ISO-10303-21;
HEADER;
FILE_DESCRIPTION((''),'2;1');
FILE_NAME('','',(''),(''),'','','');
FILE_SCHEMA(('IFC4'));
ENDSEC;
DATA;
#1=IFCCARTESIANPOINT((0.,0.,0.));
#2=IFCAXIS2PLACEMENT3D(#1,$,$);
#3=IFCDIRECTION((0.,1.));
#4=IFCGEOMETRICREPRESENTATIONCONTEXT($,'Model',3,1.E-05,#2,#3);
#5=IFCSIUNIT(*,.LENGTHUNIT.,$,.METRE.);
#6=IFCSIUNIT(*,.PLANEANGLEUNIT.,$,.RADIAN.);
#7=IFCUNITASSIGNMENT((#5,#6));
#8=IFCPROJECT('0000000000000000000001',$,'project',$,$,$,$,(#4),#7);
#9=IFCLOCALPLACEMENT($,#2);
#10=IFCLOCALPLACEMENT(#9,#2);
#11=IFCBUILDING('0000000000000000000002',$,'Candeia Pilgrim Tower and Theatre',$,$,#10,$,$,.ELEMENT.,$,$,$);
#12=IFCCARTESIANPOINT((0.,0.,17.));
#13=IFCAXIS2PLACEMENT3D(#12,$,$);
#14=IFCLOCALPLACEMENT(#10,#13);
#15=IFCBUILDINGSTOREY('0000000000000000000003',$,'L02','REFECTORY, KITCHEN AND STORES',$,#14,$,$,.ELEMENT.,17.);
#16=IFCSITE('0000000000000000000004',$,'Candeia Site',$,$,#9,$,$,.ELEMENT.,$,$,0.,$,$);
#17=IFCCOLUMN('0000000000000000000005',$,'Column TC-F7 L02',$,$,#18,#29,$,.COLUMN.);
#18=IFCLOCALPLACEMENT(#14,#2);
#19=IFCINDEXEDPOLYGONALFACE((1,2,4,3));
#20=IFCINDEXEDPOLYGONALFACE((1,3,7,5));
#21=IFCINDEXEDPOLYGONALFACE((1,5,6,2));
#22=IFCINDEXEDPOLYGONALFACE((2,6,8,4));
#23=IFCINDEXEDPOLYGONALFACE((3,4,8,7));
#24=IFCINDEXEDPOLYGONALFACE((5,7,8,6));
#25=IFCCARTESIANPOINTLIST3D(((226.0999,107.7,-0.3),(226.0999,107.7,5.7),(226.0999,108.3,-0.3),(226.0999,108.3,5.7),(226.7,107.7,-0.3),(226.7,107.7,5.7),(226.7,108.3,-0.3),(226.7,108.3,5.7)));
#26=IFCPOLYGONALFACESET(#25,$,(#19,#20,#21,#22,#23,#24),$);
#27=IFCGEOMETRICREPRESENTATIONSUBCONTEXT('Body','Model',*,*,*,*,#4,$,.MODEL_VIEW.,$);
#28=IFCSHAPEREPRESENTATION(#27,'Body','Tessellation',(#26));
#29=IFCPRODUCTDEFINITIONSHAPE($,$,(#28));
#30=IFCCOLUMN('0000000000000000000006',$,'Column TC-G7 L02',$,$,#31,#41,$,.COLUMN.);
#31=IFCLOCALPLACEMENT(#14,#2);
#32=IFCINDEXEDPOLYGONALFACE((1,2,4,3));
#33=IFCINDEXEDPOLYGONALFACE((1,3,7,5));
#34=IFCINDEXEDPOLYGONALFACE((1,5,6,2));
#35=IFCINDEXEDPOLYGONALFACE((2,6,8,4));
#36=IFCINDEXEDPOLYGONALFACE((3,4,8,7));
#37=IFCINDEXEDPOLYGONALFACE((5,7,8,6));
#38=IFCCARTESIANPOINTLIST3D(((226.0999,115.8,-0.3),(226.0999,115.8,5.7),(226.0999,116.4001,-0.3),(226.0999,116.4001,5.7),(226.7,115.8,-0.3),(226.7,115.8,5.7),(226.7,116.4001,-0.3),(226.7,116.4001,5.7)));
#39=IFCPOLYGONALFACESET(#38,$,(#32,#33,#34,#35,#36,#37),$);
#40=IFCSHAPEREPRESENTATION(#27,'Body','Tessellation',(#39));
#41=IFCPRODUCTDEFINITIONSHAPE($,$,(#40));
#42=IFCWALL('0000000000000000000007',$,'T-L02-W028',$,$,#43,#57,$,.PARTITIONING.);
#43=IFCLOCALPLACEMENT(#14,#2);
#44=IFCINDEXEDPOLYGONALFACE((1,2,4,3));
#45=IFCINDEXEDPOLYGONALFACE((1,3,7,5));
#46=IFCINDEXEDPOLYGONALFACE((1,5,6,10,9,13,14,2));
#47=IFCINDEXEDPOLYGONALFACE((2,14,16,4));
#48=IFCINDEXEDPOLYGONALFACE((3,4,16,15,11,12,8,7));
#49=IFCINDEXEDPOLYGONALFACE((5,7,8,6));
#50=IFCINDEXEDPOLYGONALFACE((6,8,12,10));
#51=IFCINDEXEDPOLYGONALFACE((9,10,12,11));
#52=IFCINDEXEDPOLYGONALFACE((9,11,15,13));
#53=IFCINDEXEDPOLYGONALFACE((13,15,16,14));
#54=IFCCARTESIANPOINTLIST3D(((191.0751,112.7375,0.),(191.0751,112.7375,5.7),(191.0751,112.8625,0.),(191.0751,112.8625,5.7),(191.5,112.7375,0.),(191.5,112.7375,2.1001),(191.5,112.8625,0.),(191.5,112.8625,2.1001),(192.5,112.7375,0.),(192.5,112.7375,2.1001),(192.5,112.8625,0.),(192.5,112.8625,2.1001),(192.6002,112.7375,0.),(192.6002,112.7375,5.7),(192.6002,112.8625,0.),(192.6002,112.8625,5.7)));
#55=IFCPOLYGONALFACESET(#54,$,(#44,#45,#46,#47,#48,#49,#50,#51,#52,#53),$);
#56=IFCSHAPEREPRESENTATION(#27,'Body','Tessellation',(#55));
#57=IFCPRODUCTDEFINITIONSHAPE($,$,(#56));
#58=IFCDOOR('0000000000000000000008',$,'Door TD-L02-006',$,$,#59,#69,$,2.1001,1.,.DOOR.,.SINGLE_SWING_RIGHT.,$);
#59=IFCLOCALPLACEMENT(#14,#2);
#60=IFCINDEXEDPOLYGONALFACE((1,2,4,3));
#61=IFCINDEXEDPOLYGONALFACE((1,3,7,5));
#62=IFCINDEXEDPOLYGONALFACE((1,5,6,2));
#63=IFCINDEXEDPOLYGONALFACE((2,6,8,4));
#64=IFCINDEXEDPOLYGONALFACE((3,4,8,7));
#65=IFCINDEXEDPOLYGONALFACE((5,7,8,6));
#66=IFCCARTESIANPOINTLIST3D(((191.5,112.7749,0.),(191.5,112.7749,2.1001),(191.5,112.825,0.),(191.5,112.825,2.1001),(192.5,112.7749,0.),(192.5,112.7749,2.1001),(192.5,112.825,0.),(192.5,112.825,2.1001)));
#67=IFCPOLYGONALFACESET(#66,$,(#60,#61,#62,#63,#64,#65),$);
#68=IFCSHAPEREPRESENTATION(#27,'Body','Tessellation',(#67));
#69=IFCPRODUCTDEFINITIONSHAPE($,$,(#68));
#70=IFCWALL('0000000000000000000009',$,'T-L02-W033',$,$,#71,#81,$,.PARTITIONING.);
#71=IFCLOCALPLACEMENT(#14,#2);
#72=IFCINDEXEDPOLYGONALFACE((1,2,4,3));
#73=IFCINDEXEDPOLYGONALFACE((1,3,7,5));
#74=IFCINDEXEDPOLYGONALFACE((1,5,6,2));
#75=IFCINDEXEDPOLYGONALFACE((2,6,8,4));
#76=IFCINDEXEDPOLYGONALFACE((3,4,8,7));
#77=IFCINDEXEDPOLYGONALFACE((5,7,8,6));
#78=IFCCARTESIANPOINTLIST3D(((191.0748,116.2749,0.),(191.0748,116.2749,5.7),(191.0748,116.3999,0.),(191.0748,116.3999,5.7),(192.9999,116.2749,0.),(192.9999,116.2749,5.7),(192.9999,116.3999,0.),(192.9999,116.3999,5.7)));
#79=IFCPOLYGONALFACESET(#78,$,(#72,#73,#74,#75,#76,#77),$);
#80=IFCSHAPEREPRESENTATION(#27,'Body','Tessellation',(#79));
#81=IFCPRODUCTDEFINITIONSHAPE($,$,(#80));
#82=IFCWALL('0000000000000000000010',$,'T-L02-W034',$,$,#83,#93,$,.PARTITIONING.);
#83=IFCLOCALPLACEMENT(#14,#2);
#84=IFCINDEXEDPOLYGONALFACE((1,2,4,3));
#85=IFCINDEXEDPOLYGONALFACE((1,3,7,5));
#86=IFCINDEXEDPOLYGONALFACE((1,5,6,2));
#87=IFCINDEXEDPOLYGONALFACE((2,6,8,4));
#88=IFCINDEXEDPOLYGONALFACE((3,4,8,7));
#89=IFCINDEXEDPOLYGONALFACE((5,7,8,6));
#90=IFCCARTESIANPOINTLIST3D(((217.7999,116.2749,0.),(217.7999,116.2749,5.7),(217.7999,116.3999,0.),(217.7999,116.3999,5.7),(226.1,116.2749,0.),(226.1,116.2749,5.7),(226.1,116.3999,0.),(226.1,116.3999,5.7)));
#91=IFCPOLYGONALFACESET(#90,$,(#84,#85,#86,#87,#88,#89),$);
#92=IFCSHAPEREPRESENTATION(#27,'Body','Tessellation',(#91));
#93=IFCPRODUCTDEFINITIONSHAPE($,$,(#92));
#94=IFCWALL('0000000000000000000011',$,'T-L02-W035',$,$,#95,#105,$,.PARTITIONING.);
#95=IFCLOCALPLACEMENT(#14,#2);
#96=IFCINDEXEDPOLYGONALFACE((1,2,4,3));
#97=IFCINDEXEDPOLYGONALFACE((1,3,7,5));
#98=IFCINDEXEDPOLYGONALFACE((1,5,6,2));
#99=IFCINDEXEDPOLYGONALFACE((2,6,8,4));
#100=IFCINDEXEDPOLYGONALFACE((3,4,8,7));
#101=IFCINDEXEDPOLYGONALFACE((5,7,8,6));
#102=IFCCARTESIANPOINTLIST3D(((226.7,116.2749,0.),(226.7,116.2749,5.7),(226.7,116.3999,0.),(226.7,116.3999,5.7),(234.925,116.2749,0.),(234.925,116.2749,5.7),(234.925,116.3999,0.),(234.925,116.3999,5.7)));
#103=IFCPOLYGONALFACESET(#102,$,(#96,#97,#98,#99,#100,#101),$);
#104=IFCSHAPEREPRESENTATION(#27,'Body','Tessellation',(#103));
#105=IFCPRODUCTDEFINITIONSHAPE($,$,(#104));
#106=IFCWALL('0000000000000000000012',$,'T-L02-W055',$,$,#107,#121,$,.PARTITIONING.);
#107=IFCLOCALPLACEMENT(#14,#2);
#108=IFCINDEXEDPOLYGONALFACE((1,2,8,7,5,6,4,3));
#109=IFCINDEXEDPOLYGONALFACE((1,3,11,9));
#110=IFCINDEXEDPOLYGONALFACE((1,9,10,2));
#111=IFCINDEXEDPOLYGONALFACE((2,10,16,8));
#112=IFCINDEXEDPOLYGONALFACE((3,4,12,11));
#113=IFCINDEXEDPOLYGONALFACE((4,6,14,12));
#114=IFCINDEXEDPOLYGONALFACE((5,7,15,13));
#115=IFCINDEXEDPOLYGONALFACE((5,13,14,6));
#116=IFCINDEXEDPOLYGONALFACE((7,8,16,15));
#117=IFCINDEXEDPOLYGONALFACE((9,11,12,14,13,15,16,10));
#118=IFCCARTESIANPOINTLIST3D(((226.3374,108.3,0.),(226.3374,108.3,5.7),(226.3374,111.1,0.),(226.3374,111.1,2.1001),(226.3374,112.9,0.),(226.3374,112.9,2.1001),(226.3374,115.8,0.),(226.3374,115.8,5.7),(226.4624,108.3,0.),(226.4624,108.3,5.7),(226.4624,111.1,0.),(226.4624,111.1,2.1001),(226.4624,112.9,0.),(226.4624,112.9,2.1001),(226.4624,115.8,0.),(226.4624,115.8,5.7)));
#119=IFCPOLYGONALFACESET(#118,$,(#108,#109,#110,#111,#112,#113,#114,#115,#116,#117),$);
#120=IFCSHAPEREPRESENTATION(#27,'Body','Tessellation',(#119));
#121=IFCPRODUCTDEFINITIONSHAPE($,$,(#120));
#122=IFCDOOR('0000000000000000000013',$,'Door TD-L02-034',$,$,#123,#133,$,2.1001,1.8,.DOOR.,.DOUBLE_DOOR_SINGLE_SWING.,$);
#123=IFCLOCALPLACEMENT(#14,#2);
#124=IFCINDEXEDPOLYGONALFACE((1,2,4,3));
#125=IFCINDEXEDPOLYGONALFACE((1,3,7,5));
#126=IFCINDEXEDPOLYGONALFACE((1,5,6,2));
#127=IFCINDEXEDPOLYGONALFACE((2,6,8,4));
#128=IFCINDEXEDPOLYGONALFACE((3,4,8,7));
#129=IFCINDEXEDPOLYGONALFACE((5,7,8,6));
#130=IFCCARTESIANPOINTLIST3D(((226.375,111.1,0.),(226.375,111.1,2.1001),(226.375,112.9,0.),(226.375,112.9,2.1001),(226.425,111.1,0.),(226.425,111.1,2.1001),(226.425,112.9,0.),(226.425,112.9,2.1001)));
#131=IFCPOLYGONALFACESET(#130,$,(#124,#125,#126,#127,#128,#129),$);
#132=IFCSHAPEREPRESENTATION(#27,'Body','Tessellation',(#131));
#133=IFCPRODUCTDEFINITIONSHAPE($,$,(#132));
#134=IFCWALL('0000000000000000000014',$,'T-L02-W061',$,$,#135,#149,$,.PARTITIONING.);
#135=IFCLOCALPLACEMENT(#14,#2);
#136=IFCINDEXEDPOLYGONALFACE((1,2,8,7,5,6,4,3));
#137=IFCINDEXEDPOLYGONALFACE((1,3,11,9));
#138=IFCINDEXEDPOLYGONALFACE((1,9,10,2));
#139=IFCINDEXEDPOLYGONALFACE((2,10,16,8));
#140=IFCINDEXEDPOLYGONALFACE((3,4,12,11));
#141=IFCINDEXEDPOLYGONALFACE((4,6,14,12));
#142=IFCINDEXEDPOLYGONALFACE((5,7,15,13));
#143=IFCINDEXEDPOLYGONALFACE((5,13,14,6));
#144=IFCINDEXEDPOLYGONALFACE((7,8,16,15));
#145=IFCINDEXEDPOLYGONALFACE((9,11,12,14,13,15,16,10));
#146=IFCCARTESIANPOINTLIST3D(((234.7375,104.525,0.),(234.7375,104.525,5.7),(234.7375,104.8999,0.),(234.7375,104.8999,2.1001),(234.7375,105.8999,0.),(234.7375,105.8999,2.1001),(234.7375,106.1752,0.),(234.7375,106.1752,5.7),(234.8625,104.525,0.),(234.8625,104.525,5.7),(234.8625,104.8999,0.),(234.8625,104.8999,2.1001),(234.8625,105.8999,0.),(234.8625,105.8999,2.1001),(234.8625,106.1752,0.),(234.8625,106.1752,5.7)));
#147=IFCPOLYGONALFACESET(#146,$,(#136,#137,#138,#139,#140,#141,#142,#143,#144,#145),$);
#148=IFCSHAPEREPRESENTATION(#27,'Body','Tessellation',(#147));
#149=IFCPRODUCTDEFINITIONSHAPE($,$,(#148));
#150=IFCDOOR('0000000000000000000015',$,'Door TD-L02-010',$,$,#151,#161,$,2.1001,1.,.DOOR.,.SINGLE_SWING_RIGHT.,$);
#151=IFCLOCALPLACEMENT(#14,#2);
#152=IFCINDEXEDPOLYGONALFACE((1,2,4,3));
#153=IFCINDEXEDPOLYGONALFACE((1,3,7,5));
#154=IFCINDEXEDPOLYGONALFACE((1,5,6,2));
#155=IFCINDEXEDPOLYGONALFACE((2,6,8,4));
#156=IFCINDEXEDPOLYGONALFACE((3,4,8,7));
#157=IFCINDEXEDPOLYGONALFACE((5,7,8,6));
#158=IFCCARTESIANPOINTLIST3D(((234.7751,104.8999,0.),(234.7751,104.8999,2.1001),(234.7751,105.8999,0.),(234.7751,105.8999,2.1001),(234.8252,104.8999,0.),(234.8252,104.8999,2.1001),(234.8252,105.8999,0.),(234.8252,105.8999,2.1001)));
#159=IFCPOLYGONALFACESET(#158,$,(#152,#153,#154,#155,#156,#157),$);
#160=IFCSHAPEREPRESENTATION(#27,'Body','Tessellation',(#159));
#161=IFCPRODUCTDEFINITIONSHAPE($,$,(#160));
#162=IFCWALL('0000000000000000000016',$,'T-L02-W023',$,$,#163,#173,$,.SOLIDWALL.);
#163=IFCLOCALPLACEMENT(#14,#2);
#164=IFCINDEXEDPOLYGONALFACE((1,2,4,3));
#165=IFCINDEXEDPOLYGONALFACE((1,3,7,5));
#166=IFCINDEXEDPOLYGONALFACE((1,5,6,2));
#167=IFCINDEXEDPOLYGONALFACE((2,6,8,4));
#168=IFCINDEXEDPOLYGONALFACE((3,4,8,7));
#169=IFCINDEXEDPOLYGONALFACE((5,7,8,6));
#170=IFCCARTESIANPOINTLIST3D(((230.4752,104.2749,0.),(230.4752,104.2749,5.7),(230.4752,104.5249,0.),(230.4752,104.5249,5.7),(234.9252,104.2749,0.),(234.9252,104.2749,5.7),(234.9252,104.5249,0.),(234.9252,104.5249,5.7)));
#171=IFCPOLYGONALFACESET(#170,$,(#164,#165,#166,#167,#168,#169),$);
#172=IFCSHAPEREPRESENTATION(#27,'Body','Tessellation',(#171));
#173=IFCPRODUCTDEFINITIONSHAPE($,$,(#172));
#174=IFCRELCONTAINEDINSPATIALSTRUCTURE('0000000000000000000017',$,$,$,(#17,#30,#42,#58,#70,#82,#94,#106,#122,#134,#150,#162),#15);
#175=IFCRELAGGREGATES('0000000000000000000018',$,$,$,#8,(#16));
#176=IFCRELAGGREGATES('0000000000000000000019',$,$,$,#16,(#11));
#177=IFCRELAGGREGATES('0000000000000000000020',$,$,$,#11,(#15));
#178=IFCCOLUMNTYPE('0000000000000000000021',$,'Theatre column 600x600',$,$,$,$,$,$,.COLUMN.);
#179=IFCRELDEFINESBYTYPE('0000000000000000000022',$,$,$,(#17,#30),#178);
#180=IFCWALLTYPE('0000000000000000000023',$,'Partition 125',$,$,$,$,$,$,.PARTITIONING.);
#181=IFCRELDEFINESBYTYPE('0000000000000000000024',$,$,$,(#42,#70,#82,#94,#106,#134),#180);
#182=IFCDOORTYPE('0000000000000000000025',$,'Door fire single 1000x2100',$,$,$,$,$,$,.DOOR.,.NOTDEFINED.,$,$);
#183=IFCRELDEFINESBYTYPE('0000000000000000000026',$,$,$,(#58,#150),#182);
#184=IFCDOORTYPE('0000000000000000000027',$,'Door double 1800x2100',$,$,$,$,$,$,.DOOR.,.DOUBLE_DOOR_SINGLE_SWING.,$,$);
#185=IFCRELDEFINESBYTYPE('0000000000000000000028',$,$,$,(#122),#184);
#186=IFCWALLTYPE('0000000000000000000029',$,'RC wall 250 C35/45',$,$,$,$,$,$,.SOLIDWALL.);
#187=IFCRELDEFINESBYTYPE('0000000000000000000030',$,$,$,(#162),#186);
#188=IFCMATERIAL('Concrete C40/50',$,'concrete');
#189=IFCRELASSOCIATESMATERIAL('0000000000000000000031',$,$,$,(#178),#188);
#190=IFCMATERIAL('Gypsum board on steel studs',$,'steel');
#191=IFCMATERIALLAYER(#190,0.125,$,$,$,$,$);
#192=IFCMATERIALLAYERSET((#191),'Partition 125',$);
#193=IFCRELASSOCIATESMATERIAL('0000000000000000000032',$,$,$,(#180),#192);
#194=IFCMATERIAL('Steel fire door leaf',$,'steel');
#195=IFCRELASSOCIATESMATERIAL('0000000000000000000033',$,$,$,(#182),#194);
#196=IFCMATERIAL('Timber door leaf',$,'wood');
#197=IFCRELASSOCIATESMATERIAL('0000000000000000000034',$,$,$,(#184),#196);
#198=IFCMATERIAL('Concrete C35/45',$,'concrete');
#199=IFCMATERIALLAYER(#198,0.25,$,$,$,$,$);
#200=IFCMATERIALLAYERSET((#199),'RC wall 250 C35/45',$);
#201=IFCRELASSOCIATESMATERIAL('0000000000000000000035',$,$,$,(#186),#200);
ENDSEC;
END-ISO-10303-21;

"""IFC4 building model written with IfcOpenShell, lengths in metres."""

from ifc_helpers import new_model, si_unit, direction, frame, frame_2d, origin, origin_2d, place, context, subcontext, project, spatial, rectangle, extrude, material, layer, layer_set, material_profile, profile_set, type_object, element, fill, save


model = new_model("IFC4")

# Units and contexts
model_context = context("Model", 3, precision=1e-05, world=origin(), true_north=direction((0.0, 1.0)))
body_context = subcontext(model_context, "Body", "Model", "MODEL_VIEW")
ifc_project = project(units=[si_unit("LENGTHUNIT", "METRE"), si_unit("PLANEANGLEUNIT", "RADIAN")], contexts=[model_context])

# Site, building, storey
site_placement = place(None, origin())
site = spatial("IfcSite", under=ifc_project, at=site_placement, Name="Candeia Site", CompositionType="ELEMENT", RefElevation=0.0)
building_placement = place(site_placement, origin())
building = spatial("IfcBuilding", under=site, at=building_placement, Name="Candeia Pilgrim Tower and Theatre", CompositionType="ELEMENT")
storey_placement = place(building_placement, frame((0.0, 0.0, 17.0)))
storey = spatial("IfcBuildingStorey", under=building, at=storey_placement, Name="L02", Description="REFECTORY, KITCHEN AND STORES", CompositionType="ELEMENT", Elevation=17.0)

# Columns
ifc_material_1 = material(Name="Concrete C40/50", Category="concrete")
ifc_material_profile = material_profile(ifc_material_1, rectangle(XDim=0.6001, YDim=0.6001, at=origin_2d()))
ifc_profile_set = profile_set([ifc_material_profile], Name="Concrete C40/50")
column_type = type_object("IfcColumnType", Name="Theatre column 600x600", PredefinedType="COLUMN", material=ifc_profile_set)
for number, where, z_axis, x_axis, name in (
    (1, (226.3999, 108.0, -0.3), (0.0, 0.0, 1.0), (1.0, 0.0, 0.0), "Column TC-F7 L02"),
    (2, (226.3999, 116.1001, -0.3), (0.0, 0.0, 1.0), (1.0, 0.0, 0.0), "Column TC-G7 L02"),
):
    element("IfcColumn", number, at=place(storey_placement, frame(where, z_axis=z_axis, x_axis=x_axis)), inside=storey, type_object=column_type, Name=name, PredefinedType="COLUMN", context=body_context, shape_type="SweptSolid", body=[
        extrude(rectangle(XDim=0.6001, YDim=0.6001, at=origin_2d()), origin(), (0.0, 0.0, 1.0), 6.0),
    ])

# Wall, opening, door
ifc_material_2 = material(Name="Gypsum board on steel studs", Category="steel")
ifc_layer_1 = layer(ifc_material_2, 0.125)
ifc_layer_set_1 = layer_set([ifc_layer_1], Name="Partition 125")
wall_type_1 = type_object("IfcWallType", Name="Partition 125", PredefinedType="PARTITIONING", material=ifc_layer_set_1)
wall_1_placement = place(storey_placement, frame((191.075, 112.8, 0.0), z_axis=(0.0, 0.0, 1.0), x_axis=(1.0, 0.0, 0.0)))
wall_1 = element("IfcWall", 3, at=wall_1_placement, inside=storey, type_object=wall_type_1, Name="T-L02-W028", PredefinedType="PARTITIONING", context=body_context, shape_type="SweptSolid", body=[
    extrude(rectangle(XDim=1.5251, YDim=0.125, at=frame_2d((0.7627, 0.0))), origin(), (0.0, 0.0, 1.0), 5.7),
])
opening_1_placement = place(wall_1_placement, frame((0.425, 0.0, 0.0)))
opening_1 = element("IfcOpeningElement", 4, at=opening_1_placement, cuts=wall_1, PredefinedType="OPENING", context=body_context, shape_type="SweptSolid", body=[
    extrude(rectangle(XDim=1.0, YDim=2.1001, at=frame_2d((0.5, 1.05))), frame((0.0, 0.0725, 0.0), z_axis=(0.0, -1.0, 0.0), x_axis=(1.0, 0.0, 0.0)), (0.0, 0.0, 1.0), 0.145),
])
ifc_material_3 = material(Name="Steel fire door leaf", Category="steel")
door_type_1 = type_object("IfcDoorType", Name="Door fire single 1000x2100", OperationType="NOTDEFINED", PredefinedType="DOOR", material=ifc_material_3)
door_1_placement = place(opening_1_placement, origin())
door_1 = element("IfcDoor", 5, at=door_1_placement, inside=storey, type_object=door_type_1, Name="Door TD-L02-006", OperationType="SINGLE_SWING_RIGHT", OverallHeight=2.1001, OverallWidth=1.0, PredefinedType="DOOR", context=body_context, shape_type="SweptSolid", body=[
    extrude(rectangle(XDim=1.0, YDim=2.1001, at=frame_2d((0.5, 1.05))), frame((0.0, 0.0249, 0.0), z_axis=(0.0, -1.0, 0.0), x_axis=(1.0, 0.0, 0.0)), (0.0, 0.0, 1.0), 0.05),
])
fill(opening_1, door_1)

# Walls
wall_2_placement = place(storey_placement, frame((191.075, 116.3374, 0.0), z_axis=(0.0, 0.0, 1.0), x_axis=(1.0, 0.0, 0.0)))
element("IfcWall", 6, at=wall_2_placement, inside=storey, type_object=wall_type_1, Name="T-L02-W033", PredefinedType="PARTITIONING", context=body_context, shape_type="SweptSolid", body=[
    extrude(rectangle(XDim=1.925, YDim=0.125, at=frame_2d((0.9624, 0.0))), origin(), (0.0, 0.0, 1.0), 5.7),
])
wall_3_placement = place(storey_placement, frame((217.8, 116.3374, 0.0), z_axis=(0.0, 0.0, 1.0), x_axis=(1.0, 0.0, 0.0)))
element("IfcWall", 7, at=wall_3_placement, inside=storey, type_object=wall_type_1, Name="T-L02-W034", PredefinedType="PARTITIONING", context=body_context, shape_type="SweptSolid", body=[
    extrude(rectangle(XDim=8.3, YDim=0.125, at=frame_2d((4.1499, 0.0))), origin(), (0.0, 0.0, 1.0), 5.7),
])
wall_4_placement = place(storey_placement, frame((226.7, 116.3374, 0.0), z_axis=(0.0, 0.0, 1.0), x_axis=(1.0, 0.0, 0.0)))
element("IfcWall", 8, at=wall_4_placement, inside=storey, type_object=wall_type_1, Name="T-L02-W035", PredefinedType="PARTITIONING", context=body_context, shape_type="SweptSolid", body=[
    extrude(rectangle(XDim=8.2251, YDim=0.125, at=frame_2d((4.1125, 0.0))), origin(), (0.0, 0.0, 1.0), 5.7),
])

# Walls, openings, doors
wall_5_placement = place(storey_placement, frame((226.3999, 108.3, 0.0), z_axis=(0.0, 0.0, 1.0), x_axis=(0.0, 1.0, 0.0)))
wall_5 = element("IfcWall", 9, at=wall_5_placement, inside=storey, type_object=wall_type_1, Name="T-L02-W055", PredefinedType="PARTITIONING", context=body_context, shape_type="SweptSolid", body=[
    extrude(rectangle(XDim=7.5, YDim=0.125, at=frame_2d((3.75, 0.0))), origin(), (0.0, 0.0, 1.0), 5.7),
])
opening_2_placement = place(wall_5_placement, frame((2.8, 0.0, 0.0)))
opening_2 = element("IfcOpeningElement", 10, at=opening_2_placement, cuts=wall_5, PredefinedType="OPENING", context=body_context, shape_type="SweptSolid", body=[
    extrude(rectangle(XDim=1.8, YDim=2.1001, at=frame_2d((0.8999, 1.05))), frame((0.0, 0.0725, 0.0), z_axis=(0.0, -1.0, 0.0), x_axis=(1.0, 0.0, 0.0)), (0.0, 0.0, 1.0), 0.145),
])
ifc_material_4 = material(Name="Timber door leaf", Category="wood")
door_type_2 = type_object("IfcDoorType", Name="Door double 1800x2100", OperationType="DOUBLE_DOOR_SINGLE_SWING", PredefinedType="DOOR", material=ifc_material_4)
door_2_placement = place(opening_2_placement, origin())
door_2 = element("IfcDoor", 11, at=door_2_placement, inside=storey, type_object=door_type_2, Name="Door TD-L02-034", OperationType="DOUBLE_DOOR_SINGLE_SWING", OverallHeight=2.1001, OverallWidth=1.8, PredefinedType="DOOR", context=body_context, shape_type="SweptSolid", body=[
    extrude(rectangle(XDim=1.8, YDim=2.1001, at=frame_2d((0.8999, 1.05))), frame((0.0, 0.0249, 0.0), z_axis=(0.0, -1.0, 0.0), x_axis=(1.0, 0.0, 0.0)), (0.0, 0.0, 1.0), 0.05),
])
fill(opening_2, door_2)
wall_6_placement = place(storey_placement, frame((234.8, 104.5249, 0.0), z_axis=(0.0, 0.0, 1.0), x_axis=(0.0, 1.0, 0.0)))
wall_6 = element("IfcWall", 12, at=wall_6_placement, inside=storey, type_object=wall_type_1, Name="T-L02-W061", PredefinedType="PARTITIONING", context=body_context, shape_type="SweptSolid", body=[
    extrude(rectangle(XDim=1.6501, YDim=0.125, at=frame_2d((0.8252, 0.0))), origin(), (0.0, 0.0, 1.0), 5.7),
])
opening_3_placement = place(wall_6_placement, frame((0.375, 0.0, 0.0)))
opening_3 = element("IfcOpeningElement", 13, at=opening_3_placement, cuts=wall_6, PredefinedType="OPENING", context=body_context, shape_type="SweptSolid", body=[
    extrude(rectangle(XDim=1.0, YDim=2.1001, at=frame_2d((0.5, 1.05))), frame((0.0, 0.0725, 0.0), z_axis=(0.0, -1.0, 0.0), x_axis=(1.0, 0.0, 0.0)), (0.0, 0.0, 1.0), 0.145),
])
door_3_placement = place(opening_3_placement, origin())
door_3 = element("IfcDoor", 14, at=door_3_placement, inside=storey, type_object=door_type_1, Name="Door TD-L02-010", OperationType="SINGLE_SWING_RIGHT", OverallHeight=2.1001, OverallWidth=1.0, PredefinedType="DOOR", context=body_context, shape_type="SweptSolid", body=[
    extrude(rectangle(XDim=1.0, YDim=2.1001, at=frame_2d((0.5, 1.05))), frame((0.0, 0.0249, 0.0), z_axis=(0.0, -1.0, 0.0), x_axis=(1.0, 0.0, 0.0)), (0.0, 0.0, 1.0), 0.05),
])
fill(opening_3, door_3)

# Wall
ifc_material_5 = material(Name="Concrete C35/45", Category="concrete")
ifc_layer_2 = layer(ifc_material_5, 0.25)
ifc_layer_set_2 = layer_set([ifc_layer_2], Name="RC wall 250 C35/45")
wall_type_2 = type_object("IfcWallType", Name="RC wall 250 C35/45", PredefinedType="SOLIDWALL", material=ifc_layer_set_2)
wall_7_placement = place(storey_placement, frame((230.4751, 104.3999, 0.0), z_axis=(0.0, 0.0, 1.0), x_axis=(1.0, 0.0, 0.0)))
element("IfcWall", 15, at=wall_7_placement, inside=storey, type_object=wall_type_2, Name="T-L02-W023", PredefinedType="SOLIDWALL", context=body_context, shape_type="SweptSolid", body=[
    extrude(rectangle(XDim=4.45, YDim=0.25, at=frame_2d((2.2251, 0.0))), origin(), (0.0, 0.0, 1.0), 5.7),
])

save(model, "model.ifc")
